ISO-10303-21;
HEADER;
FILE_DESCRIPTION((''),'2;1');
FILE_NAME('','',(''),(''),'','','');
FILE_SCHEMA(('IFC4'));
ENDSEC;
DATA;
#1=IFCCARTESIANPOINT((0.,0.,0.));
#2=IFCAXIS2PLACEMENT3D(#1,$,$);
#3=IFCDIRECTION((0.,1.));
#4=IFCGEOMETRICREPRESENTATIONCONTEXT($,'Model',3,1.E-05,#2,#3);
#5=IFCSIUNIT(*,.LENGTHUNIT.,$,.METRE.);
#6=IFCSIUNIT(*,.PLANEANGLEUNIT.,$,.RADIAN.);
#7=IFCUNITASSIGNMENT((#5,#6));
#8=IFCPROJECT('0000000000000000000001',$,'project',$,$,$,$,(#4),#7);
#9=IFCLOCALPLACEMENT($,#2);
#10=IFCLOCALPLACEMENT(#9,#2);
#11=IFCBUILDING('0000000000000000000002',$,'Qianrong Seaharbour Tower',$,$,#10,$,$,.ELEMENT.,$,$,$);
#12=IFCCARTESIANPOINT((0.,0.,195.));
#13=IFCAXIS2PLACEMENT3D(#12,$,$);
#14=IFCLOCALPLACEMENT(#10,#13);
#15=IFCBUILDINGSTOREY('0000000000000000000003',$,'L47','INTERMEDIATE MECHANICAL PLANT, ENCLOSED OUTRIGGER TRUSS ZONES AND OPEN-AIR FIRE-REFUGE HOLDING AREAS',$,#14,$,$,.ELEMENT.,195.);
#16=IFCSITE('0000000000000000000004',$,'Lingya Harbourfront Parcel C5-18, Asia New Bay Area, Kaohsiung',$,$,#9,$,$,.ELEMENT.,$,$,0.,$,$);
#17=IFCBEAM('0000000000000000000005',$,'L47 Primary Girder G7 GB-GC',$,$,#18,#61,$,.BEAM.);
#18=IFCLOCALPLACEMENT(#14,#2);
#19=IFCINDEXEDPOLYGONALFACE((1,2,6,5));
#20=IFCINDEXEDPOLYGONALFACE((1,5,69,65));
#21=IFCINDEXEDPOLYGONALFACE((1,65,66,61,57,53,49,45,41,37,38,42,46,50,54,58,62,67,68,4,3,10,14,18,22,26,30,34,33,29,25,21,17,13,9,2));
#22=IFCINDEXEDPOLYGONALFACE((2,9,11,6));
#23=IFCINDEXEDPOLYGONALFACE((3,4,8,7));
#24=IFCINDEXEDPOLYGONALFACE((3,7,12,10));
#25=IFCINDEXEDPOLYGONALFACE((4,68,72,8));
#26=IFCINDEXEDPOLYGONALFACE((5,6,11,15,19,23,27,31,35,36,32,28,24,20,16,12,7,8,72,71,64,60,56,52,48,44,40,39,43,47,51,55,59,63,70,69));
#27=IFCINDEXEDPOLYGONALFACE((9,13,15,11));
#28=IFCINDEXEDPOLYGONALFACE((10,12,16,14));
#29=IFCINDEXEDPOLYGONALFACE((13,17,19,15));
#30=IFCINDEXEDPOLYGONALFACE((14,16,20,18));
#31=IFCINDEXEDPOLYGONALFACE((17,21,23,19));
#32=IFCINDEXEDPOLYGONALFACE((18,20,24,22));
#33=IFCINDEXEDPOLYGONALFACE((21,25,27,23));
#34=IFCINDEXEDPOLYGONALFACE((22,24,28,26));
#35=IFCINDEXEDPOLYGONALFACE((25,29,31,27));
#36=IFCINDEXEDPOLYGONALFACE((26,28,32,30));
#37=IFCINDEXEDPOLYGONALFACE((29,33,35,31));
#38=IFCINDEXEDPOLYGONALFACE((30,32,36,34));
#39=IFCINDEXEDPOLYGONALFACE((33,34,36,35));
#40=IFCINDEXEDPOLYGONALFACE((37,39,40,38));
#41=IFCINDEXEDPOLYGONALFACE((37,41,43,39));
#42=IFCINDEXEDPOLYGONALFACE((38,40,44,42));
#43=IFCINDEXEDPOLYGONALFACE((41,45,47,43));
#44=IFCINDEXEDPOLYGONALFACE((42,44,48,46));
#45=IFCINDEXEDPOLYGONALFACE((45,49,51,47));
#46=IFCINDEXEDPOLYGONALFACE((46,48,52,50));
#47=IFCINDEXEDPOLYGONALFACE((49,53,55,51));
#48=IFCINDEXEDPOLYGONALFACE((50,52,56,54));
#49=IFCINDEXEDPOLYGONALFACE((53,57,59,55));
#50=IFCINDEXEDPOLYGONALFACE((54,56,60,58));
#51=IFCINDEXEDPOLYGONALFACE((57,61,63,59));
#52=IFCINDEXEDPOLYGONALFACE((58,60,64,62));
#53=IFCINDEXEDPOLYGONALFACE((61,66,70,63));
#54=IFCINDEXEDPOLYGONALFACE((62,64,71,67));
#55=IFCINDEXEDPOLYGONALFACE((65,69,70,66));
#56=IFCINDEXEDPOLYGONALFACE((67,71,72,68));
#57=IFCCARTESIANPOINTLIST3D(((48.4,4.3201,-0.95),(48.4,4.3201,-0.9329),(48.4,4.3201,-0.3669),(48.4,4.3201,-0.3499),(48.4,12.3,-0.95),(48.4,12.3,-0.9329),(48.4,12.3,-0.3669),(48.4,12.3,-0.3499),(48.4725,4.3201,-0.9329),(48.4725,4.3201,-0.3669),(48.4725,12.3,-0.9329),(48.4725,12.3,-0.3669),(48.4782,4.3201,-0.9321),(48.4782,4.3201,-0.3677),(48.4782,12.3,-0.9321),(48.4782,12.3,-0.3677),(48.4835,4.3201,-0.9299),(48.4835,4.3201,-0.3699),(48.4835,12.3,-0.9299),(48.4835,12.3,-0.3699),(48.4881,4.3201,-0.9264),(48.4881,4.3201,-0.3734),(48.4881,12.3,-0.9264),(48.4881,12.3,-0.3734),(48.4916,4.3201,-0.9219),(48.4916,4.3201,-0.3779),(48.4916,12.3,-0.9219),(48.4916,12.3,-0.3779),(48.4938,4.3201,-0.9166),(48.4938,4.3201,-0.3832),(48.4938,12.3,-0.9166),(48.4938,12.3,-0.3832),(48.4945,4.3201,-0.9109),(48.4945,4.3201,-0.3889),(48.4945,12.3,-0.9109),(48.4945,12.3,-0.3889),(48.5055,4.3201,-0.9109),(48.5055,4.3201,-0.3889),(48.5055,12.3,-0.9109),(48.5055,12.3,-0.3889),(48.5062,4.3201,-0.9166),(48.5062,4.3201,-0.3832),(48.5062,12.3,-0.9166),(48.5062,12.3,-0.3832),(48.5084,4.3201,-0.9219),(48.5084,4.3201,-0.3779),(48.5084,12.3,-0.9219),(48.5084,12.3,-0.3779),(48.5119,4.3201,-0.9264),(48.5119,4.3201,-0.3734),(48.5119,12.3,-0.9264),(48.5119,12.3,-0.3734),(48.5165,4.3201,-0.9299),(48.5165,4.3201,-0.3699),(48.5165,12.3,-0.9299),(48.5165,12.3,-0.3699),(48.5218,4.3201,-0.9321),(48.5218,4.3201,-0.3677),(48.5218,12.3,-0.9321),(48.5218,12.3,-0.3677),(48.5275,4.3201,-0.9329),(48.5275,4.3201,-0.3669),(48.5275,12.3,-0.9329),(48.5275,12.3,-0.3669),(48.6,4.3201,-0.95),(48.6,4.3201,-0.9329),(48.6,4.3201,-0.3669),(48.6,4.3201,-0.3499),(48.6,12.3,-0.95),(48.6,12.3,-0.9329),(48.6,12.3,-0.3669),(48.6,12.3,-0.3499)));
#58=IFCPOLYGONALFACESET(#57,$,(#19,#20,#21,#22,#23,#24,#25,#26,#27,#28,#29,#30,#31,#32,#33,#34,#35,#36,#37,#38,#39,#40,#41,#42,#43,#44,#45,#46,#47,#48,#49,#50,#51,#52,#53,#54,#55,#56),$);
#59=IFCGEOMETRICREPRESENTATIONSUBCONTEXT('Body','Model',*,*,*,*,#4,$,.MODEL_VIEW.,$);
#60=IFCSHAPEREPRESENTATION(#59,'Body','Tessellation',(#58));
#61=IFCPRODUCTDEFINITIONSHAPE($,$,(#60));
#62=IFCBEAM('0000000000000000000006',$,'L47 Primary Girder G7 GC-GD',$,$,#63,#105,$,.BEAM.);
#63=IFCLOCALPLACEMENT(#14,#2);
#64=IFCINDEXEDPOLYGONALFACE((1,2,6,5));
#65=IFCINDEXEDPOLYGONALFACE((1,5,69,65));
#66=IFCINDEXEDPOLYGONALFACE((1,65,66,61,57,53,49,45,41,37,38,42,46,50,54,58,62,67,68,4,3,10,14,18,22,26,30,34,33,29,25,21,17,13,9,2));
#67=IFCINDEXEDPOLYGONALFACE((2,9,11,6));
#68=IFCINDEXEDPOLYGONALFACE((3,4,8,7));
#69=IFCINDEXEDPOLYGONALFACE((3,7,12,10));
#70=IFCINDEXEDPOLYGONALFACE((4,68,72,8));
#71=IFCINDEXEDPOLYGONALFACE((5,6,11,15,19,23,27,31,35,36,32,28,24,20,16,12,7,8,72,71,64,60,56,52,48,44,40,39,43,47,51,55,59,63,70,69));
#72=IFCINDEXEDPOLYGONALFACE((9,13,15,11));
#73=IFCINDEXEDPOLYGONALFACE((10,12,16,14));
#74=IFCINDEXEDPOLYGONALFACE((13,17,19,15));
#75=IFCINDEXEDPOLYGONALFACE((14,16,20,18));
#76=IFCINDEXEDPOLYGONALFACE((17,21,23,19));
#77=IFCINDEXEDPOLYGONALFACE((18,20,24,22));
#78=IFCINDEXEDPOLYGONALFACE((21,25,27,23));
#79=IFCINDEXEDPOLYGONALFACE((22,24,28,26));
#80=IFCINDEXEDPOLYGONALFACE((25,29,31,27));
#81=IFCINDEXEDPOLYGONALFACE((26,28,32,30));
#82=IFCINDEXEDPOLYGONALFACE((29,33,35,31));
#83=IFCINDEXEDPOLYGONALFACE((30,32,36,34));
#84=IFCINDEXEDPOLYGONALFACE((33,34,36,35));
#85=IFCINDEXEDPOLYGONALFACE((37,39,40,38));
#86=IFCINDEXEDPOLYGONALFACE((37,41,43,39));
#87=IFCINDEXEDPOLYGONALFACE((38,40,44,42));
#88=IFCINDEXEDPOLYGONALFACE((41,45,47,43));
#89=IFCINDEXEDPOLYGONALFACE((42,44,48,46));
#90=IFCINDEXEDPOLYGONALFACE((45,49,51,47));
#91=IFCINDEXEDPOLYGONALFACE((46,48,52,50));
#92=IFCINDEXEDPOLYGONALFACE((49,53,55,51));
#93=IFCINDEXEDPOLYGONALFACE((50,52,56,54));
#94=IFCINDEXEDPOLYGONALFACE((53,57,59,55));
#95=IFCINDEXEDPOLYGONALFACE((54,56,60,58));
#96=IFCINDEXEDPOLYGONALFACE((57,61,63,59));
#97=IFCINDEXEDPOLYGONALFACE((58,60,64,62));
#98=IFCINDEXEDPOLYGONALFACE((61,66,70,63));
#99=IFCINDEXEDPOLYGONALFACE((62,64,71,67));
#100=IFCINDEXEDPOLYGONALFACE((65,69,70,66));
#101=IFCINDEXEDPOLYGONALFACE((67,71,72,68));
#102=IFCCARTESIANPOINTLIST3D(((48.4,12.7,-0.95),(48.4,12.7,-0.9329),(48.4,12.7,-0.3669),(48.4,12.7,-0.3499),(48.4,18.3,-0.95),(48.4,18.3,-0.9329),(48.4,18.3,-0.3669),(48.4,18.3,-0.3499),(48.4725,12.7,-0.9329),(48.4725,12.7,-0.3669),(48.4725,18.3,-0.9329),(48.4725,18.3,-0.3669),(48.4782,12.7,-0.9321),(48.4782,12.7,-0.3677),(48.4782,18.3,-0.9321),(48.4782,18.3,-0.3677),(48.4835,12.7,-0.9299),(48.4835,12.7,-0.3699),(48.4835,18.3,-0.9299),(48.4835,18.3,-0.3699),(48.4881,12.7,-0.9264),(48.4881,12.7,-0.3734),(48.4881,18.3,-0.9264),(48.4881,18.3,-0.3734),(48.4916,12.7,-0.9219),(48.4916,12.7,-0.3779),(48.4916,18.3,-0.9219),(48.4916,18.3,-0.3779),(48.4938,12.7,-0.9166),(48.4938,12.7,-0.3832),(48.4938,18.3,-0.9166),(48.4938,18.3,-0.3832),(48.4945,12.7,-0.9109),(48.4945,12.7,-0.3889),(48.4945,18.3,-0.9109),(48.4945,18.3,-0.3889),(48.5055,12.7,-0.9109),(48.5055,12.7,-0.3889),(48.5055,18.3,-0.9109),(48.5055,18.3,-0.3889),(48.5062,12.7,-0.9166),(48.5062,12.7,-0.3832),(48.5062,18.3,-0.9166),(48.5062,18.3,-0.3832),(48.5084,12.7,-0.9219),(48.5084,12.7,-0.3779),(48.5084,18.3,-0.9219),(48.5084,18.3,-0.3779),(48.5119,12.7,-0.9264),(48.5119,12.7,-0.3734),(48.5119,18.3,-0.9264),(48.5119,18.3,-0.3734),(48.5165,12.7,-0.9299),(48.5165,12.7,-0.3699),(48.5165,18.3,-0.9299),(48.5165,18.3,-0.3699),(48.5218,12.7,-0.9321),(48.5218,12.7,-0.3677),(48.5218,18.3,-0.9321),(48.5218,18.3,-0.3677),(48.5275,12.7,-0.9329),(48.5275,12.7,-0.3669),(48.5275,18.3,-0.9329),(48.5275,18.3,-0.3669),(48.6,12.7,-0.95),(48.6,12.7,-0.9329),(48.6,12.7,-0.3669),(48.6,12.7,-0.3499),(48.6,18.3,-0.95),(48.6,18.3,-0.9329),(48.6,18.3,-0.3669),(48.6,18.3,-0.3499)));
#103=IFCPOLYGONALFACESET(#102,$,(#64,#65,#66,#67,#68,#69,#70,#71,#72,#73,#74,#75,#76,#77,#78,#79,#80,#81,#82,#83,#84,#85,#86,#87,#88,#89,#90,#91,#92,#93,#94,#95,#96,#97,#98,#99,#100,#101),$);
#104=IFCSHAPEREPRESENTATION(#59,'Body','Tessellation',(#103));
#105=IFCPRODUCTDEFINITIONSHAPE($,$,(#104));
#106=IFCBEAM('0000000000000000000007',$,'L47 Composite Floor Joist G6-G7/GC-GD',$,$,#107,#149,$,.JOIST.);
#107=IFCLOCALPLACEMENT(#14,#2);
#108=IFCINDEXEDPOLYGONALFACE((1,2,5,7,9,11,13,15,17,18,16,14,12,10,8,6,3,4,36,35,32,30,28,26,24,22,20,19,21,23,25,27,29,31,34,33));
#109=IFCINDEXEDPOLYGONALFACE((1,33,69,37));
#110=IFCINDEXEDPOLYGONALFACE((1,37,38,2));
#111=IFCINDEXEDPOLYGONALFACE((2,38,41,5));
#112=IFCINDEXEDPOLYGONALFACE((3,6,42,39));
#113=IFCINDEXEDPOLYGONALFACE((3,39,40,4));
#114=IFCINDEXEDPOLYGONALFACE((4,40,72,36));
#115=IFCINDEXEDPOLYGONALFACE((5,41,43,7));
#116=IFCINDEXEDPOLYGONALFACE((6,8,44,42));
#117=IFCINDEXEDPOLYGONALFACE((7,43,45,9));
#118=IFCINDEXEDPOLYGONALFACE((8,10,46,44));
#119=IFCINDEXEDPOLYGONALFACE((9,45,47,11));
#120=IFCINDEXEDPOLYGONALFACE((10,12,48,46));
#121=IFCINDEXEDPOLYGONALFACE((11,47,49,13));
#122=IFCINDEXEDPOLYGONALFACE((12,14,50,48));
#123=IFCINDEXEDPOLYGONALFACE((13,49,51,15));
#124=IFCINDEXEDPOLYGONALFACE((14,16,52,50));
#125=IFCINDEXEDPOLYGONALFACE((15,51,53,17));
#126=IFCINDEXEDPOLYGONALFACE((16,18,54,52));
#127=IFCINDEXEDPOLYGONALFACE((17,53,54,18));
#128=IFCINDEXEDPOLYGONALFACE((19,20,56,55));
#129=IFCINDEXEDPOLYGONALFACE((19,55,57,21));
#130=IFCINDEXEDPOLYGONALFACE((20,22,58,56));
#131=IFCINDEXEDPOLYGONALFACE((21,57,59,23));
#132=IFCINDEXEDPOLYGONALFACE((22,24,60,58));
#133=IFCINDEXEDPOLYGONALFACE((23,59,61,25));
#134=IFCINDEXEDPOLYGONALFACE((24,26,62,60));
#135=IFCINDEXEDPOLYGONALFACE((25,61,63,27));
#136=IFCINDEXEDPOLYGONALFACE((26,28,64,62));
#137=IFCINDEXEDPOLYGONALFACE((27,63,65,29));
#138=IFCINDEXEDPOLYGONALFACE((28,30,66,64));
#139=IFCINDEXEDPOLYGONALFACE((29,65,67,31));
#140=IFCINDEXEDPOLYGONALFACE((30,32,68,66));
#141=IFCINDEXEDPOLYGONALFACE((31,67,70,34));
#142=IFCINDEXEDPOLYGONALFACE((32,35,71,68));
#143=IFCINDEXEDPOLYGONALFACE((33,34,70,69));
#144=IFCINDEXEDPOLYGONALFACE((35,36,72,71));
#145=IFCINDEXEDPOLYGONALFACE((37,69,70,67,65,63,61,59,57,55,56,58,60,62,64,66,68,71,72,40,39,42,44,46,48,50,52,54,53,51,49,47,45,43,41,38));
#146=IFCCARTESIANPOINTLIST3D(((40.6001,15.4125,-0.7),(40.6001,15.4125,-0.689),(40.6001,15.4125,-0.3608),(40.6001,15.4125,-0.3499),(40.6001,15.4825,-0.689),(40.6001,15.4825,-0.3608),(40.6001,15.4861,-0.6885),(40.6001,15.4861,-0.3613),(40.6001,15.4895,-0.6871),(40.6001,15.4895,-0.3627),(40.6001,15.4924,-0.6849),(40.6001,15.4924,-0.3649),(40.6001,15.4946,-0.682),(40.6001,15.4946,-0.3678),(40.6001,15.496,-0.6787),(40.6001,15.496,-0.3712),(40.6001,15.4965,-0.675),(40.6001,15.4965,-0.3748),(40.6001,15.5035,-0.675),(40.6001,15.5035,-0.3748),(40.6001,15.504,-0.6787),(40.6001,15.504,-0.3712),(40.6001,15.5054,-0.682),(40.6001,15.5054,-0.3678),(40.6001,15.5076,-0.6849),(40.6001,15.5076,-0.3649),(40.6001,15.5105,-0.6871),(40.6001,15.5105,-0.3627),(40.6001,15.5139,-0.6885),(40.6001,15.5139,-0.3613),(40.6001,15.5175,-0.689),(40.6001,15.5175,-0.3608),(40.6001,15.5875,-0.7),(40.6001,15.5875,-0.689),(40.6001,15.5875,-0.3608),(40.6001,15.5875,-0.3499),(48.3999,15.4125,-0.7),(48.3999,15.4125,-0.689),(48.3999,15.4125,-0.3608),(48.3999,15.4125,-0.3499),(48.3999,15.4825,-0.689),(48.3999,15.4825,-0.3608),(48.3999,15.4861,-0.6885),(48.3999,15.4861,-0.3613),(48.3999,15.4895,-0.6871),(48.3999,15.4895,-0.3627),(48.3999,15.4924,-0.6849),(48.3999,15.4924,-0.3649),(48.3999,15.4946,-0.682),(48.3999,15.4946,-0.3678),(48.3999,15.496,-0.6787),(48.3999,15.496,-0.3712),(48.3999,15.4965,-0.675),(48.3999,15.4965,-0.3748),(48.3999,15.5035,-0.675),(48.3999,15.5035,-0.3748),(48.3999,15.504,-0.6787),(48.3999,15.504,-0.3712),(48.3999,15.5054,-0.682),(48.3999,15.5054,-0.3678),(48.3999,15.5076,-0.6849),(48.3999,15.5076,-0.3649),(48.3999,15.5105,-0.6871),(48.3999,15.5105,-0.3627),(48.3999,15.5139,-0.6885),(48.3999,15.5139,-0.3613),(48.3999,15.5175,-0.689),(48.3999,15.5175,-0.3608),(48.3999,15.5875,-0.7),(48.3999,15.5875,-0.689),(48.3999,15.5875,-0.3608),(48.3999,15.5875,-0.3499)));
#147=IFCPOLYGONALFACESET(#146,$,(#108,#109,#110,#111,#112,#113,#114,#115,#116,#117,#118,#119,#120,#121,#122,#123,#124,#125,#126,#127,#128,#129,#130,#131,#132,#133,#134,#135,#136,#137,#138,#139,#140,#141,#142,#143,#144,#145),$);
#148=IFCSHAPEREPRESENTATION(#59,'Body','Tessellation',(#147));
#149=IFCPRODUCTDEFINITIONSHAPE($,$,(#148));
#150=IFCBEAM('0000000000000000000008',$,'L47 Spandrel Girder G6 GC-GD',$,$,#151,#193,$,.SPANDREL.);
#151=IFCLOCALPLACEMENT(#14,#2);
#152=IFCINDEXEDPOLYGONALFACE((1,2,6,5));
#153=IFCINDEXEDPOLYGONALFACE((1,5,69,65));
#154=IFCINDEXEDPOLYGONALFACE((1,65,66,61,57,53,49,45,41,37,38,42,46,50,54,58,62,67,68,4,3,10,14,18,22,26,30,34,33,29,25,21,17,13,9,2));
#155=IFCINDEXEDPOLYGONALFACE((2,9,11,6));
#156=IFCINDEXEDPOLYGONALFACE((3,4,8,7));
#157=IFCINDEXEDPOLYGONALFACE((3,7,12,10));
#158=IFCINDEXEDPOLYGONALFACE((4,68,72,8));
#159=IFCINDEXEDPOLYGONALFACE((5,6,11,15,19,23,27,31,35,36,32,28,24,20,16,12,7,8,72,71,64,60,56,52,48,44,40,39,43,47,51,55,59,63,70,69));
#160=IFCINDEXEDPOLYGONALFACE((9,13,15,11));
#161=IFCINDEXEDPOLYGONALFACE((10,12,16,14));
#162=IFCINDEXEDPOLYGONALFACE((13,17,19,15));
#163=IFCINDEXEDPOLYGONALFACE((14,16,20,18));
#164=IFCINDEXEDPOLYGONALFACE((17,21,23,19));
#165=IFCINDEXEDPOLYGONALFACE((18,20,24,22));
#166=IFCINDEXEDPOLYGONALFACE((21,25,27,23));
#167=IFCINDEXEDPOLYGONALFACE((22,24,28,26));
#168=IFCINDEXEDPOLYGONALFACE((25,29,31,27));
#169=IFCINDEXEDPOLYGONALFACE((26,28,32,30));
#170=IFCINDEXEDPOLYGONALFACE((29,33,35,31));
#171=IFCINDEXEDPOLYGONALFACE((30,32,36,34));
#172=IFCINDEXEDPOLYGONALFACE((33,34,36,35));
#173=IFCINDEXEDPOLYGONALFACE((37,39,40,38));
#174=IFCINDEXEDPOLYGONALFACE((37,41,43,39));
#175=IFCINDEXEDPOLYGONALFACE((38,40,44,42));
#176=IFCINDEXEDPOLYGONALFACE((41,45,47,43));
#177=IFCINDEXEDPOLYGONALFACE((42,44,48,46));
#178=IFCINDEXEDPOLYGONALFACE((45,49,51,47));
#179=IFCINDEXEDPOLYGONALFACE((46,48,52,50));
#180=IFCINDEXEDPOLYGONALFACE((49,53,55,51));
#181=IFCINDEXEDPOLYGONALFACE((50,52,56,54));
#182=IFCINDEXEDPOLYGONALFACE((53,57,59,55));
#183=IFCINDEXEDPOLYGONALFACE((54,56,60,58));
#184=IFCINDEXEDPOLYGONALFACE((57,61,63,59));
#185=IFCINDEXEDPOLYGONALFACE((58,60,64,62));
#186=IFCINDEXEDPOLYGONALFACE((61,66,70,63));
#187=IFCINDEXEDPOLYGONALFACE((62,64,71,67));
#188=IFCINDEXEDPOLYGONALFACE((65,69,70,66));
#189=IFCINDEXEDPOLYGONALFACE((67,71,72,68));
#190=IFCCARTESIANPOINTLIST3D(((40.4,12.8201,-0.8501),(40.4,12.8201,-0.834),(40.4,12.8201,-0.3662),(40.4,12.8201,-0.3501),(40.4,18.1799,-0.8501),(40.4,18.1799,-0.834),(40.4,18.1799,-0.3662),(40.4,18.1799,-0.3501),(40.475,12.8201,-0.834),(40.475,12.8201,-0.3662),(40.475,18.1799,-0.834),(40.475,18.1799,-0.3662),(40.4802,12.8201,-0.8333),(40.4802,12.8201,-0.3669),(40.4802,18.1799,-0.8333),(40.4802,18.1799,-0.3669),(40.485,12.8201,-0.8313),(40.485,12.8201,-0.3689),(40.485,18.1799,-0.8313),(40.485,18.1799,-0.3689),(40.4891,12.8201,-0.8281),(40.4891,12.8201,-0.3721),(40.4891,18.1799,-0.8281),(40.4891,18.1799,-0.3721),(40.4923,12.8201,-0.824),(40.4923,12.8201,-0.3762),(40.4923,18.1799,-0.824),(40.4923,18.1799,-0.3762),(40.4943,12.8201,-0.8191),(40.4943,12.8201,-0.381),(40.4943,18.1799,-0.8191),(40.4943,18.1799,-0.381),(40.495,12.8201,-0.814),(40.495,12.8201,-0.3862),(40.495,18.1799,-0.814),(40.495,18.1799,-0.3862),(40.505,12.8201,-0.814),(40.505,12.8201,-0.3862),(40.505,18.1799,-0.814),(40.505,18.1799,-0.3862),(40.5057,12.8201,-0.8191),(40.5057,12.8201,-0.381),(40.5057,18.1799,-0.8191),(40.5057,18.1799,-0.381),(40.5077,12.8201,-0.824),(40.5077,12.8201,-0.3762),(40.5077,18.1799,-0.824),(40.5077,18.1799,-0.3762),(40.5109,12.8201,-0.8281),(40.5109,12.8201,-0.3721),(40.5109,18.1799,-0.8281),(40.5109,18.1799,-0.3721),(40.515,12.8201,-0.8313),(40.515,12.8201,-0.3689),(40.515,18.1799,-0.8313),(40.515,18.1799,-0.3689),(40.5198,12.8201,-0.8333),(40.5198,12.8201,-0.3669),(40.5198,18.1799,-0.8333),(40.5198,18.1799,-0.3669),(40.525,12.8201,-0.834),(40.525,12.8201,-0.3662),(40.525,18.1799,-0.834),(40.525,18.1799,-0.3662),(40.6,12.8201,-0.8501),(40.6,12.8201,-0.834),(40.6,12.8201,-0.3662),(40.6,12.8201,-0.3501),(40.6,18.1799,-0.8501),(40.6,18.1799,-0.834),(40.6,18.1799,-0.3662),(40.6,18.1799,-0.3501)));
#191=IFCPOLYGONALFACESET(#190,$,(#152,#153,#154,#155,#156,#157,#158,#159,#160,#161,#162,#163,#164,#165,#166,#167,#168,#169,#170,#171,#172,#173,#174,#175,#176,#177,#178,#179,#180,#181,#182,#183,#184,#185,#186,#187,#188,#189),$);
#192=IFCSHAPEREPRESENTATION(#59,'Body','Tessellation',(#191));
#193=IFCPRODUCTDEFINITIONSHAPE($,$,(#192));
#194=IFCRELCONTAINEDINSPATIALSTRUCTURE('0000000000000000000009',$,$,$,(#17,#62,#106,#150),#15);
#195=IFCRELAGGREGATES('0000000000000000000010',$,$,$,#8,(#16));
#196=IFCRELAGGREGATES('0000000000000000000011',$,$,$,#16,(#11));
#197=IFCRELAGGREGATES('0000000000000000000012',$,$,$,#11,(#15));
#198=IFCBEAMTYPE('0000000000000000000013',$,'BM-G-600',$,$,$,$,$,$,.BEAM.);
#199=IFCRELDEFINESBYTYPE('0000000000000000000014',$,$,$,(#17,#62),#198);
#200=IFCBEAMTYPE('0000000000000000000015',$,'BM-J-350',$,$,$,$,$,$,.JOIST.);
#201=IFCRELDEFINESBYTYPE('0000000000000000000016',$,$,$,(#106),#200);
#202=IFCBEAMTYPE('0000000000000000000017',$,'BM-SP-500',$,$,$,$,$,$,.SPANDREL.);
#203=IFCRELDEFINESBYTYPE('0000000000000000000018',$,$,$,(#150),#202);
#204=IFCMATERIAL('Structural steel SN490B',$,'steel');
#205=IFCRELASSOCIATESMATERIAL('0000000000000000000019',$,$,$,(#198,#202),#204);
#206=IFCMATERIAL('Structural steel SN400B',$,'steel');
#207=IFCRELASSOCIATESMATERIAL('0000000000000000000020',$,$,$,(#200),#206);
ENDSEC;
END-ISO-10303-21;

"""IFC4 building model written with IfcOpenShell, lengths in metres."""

from ifc_helpers import new_model, si_unit, direction, frame, origin, origin_2d, place, context, subcontext, project, spatial, i_section, extrude, material, material_profile, profile_set, type_object, element, save


model = new_model("IFC4")

# Units and contexts
model_context = context("Model", 3, precision=1e-05, world=origin(), true_north=direction((0.0, 1.0)))
body_context = subcontext(model_context, "Body", "Model", "MODEL_VIEW")
ifc_project = project(units=[si_unit("LENGTHUNIT", "METRE"), si_unit("PLANEANGLEUNIT", "RADIAN")], contexts=[model_context])

# Site, building, storey
site_placement = place(None, origin())
site = spatial("IfcSite", under=ifc_project, at=site_placement, Name="Lingya Harbourfront Parcel C5-18, Asia New Bay Area, Kaohsiung", CompositionType="ELEMENT", RefElevation=0.0)
building_placement = place(site_placement, origin())
building = spatial("IfcBuilding", under=site, at=building_placement, Name="Qianrong Seaharbour Tower", CompositionType="ELEMENT")
storey_placement = place(building_placement, frame((0.0, 0.0, 195.0)))
storey = spatial("IfcBuildingStorey", under=building, at=storey_placement, Name="L47", Description="INTERMEDIATE MECHANICAL PLANT, ENCLOSED OUTRIGGER TRUSS ZONES AND OPEN-AIR FIRE-REFUGE HOLDING AREAS", CompositionType="ELEMENT", Elevation=195.0)

# Shared definitions
ifc_material_1 = material(Name="Structural steel SN490B", Category="steel")

# Beams
ifc_material_profile_1 = material_profile(ifc_material_1, i_section(OverallWidth=0.2, OverallDepth=0.6001, WebThickness=0.011, FlangeThickness=0.0171, FilletRadius=0.022, at=origin_2d()), Name="H600x200x11x17")
ifc_profile_set_1 = profile_set([ifc_material_profile_1], Name="Structural steel SN490B")
beam_type_1 = type_object("IfcBeamType", Name="BM-G-600", PredefinedType="BEAM", material=ifc_profile_set_1)
beam_1_placement = place(storey_placement, frame((48.5, 4.3201, -0.6499), z_axis=(0.0, 1.0, 0.0), x_axis=(-1.0, 0.0, 0.0)))
element("IfcBeam", 1, at=beam_1_placement, inside=storey, type_object=beam_type_1, Name="L47 Primary Girder G7 GB-GC", PredefinedType="BEAM", context=body_context, shape_type="SweptSolid", body=[
    extrude(i_section(OverallWidth=0.2, OverallDepth=0.6001, WebThickness=0.011, FlangeThickness=0.0171, FilletRadius=0.022, at=origin_2d()), origin(), (0.0, 0.0, 1.0), 7.98),
])
beam_2_placement = place(storey_placement, frame((48.5, 12.7, -0.6499), z_axis=(0.0, 1.0, 0.0), x_axis=(-1.0, 0.0, 0.0)))
element("IfcBeam", 2, at=beam_2_placement, inside=storey, type_object=beam_type_1, Name="L47 Primary Girder G7 GC-GD", PredefinedType="BEAM", context=body_context, shape_type="SweptSolid", body=[
    extrude(i_section(OverallWidth=0.2, OverallDepth=0.6001, WebThickness=0.011, FlangeThickness=0.0171, FilletRadius=0.022, at=origin_2d()), origin(), (0.0, 0.0, 1.0), 5.6001),
])
ifc_material_2 = material(Name="Structural steel SN400B", Category="steel")
ifc_material_profile_2 = material_profile(ifc_material_2, i_section(OverallWidth=0.175, OverallDepth=0.3501, WebThickness=0.0071, FlangeThickness=0.011, FilletRadius=0.0139, at=origin_2d()), Name="H350x175x7x11")
ifc_profile_set_2 = profile_set([ifc_material_profile_2], Name="Structural steel SN400B")
beam_type_2 = type_object("IfcBeamType", Name="BM-J-350", PredefinedType="JOIST", material=ifc_profile_set_2)
beam_3_placement = place(storey_placement, frame((40.6001, 15.5, -0.5249), z_axis=(1.0, 0.0, 0.0), x_axis=(0.0, 1.0, 0.0)))
element("IfcBeam", 3, at=beam_3_placement, inside=storey, type_object=beam_type_2, Name="L47 Composite Floor Joist G6-G7/GC-GD", PredefinedType="JOIST", context=body_context, shape_type="SweptSolid", body=[
    extrude(i_section(OverallWidth=0.175, OverallDepth=0.3501, WebThickness=0.0071, FlangeThickness=0.011, FilletRadius=0.0139, at=origin_2d()), origin(), (0.0, 0.0, 1.0), 7.7998),
])
ifc_material_profile_3 = material_profile(ifc_material_1, i_section(OverallWidth=0.2, OverallDepth=0.5, WebThickness=0.01, FlangeThickness=0.0161, FilletRadius=0.02, at=origin_2d()), Name="H500x200x10x16")
ifc_profile_set_3 = profile_set([ifc_material_profile_3], Name="Structural steel SN490B")
beam_type_3 = type_object("IfcBeamType", Name="BM-SP-500", PredefinedType="SPANDREL", material=ifc_profile_set_3)
beam_4_placement = place(storey_placement, frame((40.5, 12.8201, -0.6001), z_axis=(0.0, 1.0, 0.0), x_axis=(-1.0, 0.0, 0.0)))
element("IfcBeam", 4, at=beam_4_placement, inside=storey, type_object=beam_type_3, Name="L47 Spandrel Girder G6 GC-GD", PredefinedType="SPANDREL", context=body_context, shape_type="SweptSolid", body=[
    extrude(i_section(OverallWidth=0.2, OverallDepth=0.5, WebThickness=0.01, FlangeThickness=0.0161, FilletRadius=0.02, at=origin_2d()), origin(), (0.0, 0.0, 1.0), 5.3599),
])

save(model, "model.ifc")
